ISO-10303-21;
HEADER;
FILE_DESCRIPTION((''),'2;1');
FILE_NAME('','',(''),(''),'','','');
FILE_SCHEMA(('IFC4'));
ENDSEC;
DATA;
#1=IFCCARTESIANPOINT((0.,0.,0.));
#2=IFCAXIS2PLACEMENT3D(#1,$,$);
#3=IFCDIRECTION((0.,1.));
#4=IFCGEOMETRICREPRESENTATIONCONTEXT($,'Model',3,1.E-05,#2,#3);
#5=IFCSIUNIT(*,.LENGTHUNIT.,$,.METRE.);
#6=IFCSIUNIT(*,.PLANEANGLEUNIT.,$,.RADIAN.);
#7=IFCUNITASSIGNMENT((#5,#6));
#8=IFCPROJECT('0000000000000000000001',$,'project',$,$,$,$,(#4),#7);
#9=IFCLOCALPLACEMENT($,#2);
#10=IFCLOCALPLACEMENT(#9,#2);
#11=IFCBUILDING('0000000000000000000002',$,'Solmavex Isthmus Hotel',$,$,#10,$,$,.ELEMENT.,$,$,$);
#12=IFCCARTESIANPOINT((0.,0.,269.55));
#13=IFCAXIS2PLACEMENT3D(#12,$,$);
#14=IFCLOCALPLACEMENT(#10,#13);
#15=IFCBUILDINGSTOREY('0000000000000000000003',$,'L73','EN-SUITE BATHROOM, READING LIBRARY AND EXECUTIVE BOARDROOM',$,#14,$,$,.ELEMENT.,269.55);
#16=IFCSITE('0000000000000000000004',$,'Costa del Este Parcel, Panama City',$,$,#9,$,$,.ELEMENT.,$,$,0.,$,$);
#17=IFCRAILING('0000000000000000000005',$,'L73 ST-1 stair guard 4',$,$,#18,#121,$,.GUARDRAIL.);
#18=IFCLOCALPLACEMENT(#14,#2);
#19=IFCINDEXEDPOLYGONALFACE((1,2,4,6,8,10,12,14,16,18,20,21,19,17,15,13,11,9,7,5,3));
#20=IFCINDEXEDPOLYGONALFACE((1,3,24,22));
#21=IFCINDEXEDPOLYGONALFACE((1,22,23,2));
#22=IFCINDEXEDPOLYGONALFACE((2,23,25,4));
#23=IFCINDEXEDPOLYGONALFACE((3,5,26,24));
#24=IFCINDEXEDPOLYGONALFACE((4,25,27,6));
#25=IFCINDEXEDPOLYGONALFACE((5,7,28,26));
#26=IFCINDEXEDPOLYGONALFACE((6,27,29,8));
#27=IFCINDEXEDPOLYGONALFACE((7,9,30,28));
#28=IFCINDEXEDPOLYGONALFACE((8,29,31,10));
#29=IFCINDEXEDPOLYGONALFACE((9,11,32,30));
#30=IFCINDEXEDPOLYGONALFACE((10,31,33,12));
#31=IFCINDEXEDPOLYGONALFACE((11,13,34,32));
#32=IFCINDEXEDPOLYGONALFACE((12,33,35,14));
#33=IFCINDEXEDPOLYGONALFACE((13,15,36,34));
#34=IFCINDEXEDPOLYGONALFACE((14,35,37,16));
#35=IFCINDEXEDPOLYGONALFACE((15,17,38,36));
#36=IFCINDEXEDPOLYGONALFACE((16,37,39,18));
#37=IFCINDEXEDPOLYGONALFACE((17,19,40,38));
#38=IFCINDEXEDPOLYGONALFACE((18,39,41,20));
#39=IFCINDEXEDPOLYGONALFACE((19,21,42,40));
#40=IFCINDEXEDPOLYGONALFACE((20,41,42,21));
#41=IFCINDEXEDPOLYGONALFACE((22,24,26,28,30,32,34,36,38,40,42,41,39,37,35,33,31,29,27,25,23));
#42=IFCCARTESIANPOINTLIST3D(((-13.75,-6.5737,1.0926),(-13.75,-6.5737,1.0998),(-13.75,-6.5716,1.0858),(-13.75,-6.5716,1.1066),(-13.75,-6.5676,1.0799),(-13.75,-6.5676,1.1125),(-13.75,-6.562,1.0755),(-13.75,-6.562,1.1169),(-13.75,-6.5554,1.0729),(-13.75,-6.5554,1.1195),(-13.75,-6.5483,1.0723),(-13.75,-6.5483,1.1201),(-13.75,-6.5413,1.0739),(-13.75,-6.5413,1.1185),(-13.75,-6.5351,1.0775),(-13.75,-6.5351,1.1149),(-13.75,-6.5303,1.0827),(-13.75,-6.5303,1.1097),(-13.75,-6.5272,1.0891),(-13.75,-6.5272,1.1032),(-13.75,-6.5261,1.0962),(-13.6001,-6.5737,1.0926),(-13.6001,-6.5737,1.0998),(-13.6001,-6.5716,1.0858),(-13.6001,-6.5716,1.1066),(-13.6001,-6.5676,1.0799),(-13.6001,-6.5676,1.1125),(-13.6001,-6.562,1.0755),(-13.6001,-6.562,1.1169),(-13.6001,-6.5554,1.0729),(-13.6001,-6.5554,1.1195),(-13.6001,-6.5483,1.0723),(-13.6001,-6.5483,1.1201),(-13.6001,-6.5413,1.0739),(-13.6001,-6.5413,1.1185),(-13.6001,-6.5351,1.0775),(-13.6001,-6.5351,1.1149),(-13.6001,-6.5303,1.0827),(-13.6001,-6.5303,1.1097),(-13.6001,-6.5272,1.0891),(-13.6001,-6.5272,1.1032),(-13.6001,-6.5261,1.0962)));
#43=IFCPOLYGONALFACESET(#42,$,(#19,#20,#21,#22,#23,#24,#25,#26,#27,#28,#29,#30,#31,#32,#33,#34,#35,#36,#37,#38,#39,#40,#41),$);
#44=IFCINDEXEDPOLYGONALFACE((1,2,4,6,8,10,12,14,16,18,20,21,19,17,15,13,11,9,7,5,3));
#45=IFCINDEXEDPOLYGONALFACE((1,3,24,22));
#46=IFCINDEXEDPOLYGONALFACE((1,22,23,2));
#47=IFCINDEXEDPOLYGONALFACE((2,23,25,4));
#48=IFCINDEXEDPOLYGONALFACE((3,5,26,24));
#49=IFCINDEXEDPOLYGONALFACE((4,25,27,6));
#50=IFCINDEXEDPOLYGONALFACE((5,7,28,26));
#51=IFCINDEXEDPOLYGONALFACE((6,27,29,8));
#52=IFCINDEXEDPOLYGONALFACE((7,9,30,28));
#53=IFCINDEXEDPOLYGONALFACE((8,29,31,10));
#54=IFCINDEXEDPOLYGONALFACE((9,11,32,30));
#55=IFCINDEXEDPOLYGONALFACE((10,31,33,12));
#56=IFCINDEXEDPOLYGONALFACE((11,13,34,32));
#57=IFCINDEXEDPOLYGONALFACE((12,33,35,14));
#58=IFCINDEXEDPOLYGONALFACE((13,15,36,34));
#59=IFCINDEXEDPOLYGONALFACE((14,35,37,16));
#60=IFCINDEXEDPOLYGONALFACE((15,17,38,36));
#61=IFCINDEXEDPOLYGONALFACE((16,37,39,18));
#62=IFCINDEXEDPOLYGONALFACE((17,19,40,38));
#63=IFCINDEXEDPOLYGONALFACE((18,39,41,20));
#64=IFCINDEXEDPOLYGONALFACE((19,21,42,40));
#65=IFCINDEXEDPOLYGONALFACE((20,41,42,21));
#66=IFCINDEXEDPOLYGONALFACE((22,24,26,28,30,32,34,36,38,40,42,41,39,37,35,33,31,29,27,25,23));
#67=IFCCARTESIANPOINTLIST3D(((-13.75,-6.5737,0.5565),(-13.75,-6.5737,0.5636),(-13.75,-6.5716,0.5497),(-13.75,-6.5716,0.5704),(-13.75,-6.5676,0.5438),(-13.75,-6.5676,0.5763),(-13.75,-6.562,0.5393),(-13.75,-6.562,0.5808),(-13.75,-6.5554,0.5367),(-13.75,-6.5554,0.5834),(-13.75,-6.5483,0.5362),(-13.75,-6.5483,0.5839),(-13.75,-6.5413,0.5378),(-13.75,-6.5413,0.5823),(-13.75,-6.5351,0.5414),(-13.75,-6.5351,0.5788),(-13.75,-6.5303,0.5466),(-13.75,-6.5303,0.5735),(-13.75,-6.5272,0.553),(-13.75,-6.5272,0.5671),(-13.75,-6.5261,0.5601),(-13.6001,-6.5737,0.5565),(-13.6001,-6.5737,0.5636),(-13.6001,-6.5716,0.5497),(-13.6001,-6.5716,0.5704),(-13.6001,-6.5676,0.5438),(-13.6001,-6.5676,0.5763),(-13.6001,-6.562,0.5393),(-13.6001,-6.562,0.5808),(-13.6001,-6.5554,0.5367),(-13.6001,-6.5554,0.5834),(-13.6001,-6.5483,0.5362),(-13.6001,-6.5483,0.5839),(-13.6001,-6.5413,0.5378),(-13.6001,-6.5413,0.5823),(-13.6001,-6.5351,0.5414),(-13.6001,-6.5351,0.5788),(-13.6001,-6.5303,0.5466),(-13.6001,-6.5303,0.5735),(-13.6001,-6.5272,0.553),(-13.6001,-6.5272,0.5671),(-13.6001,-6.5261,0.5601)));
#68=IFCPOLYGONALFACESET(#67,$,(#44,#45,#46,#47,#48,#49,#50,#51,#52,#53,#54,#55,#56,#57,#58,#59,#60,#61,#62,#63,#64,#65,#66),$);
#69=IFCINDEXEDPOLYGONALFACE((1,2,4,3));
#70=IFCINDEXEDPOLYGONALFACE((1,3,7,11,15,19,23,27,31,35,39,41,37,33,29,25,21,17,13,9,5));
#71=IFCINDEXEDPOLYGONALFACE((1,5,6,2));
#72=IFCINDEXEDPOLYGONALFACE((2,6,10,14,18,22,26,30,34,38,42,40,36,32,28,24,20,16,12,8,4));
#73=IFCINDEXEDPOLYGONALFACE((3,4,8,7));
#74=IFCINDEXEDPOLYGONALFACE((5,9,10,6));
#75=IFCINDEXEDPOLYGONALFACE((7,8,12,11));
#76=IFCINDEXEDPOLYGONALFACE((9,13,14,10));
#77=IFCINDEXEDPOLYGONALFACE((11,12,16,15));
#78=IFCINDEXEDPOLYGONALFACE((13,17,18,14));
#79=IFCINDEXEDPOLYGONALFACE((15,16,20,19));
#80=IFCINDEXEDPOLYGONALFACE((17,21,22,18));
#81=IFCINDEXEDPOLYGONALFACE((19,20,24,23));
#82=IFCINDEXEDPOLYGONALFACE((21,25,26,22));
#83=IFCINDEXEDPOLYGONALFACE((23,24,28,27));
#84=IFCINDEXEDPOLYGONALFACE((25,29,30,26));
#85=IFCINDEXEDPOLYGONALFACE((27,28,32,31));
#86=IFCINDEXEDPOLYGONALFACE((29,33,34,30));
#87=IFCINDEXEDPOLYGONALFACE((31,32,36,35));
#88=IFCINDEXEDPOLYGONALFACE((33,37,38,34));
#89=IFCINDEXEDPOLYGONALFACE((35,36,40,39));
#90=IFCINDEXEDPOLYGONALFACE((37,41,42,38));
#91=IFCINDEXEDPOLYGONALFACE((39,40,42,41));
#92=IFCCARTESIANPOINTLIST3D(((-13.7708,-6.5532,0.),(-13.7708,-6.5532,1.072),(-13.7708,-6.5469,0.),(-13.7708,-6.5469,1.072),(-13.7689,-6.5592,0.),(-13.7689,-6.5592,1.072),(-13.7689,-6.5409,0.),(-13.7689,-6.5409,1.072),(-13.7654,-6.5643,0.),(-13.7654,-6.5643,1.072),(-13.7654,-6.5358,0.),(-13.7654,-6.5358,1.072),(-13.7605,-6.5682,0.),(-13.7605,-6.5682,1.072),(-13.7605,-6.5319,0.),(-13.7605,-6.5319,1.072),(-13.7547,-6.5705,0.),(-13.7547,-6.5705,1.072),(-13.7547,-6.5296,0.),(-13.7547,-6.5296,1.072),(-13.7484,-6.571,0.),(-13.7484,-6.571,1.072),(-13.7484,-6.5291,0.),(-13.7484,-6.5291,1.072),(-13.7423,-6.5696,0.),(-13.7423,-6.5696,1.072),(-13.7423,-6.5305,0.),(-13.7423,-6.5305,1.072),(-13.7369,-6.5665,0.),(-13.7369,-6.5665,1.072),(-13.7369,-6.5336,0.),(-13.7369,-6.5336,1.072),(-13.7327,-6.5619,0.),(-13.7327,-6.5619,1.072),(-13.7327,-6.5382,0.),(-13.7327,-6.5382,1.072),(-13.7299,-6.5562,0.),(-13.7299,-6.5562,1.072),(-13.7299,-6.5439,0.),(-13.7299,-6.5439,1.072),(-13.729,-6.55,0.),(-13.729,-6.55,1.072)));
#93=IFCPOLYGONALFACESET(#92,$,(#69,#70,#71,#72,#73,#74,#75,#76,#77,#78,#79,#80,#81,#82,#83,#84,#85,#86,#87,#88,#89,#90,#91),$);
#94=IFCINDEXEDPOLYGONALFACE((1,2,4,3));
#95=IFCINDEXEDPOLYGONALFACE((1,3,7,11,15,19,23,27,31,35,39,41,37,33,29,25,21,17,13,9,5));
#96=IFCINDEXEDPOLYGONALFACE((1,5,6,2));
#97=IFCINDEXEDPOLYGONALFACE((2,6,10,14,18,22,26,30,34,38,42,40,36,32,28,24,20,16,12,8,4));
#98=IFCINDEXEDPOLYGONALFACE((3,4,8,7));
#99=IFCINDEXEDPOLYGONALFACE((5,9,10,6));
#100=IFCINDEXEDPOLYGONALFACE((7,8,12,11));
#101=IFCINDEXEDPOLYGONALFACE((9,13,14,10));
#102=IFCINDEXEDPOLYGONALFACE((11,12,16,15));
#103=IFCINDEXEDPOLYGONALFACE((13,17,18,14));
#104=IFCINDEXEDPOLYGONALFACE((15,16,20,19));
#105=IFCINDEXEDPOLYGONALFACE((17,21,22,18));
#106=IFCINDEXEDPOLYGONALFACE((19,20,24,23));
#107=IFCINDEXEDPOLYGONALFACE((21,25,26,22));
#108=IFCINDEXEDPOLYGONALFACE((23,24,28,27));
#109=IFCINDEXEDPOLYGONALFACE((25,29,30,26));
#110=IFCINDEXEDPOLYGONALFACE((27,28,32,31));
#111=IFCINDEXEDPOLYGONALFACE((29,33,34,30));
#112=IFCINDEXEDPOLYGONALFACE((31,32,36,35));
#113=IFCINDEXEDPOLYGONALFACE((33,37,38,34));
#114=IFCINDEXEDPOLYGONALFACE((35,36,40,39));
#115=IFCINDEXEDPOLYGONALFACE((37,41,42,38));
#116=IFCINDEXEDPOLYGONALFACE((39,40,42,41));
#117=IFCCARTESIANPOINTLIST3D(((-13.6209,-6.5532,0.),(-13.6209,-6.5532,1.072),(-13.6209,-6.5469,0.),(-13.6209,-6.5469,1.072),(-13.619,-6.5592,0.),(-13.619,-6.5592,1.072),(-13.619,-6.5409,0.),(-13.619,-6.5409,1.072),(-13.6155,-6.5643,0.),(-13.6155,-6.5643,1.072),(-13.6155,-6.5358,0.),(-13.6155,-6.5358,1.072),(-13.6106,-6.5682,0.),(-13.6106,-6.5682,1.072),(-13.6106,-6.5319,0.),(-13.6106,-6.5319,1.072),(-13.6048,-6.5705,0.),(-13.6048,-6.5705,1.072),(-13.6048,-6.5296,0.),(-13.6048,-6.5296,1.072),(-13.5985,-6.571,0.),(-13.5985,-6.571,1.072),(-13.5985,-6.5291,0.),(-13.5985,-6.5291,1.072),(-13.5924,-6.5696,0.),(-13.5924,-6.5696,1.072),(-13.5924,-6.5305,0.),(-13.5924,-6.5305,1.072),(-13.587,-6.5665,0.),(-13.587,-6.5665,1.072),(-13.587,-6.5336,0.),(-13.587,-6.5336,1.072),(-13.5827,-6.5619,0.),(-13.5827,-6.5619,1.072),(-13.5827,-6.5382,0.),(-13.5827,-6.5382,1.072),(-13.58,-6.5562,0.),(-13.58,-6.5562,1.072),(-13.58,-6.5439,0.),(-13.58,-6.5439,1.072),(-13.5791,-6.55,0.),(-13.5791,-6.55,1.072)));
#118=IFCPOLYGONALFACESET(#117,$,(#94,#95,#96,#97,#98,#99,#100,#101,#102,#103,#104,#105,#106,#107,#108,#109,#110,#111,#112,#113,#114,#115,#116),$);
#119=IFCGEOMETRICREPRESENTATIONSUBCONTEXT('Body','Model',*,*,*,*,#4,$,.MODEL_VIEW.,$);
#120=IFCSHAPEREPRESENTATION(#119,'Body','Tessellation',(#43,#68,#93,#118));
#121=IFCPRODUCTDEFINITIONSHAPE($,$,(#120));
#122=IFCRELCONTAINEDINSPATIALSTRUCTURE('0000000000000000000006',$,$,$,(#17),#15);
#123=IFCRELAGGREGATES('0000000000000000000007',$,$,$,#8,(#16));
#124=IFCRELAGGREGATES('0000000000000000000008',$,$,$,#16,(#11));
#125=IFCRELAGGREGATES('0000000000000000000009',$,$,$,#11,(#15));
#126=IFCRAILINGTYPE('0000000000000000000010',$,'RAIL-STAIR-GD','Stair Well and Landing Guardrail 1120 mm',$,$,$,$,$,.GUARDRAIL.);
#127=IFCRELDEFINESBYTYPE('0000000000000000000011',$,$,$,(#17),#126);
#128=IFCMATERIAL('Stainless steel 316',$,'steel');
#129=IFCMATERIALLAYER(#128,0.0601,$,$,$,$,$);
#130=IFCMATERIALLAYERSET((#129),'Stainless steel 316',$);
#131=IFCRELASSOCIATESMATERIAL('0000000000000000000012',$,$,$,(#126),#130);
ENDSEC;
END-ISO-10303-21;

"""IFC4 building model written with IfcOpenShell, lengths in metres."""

from ifc_helpers import new_model, si_unit, direction, frame, origin, origin_2d, place, context, subcontext, project, spatial, circle, extrude, material, layer, layer_set, type_object, element, save


model = new_model("IFC4")

# Units and contexts
model_context = context("Model", 3, precision=1e-05, world=origin(), true_north=direction((0.0, 1.0)))
body_context = subcontext(model_context, "Body", "Model", "MODEL_VIEW")
ifc_project = project(units=[si_unit("LENGTHUNIT", "METRE"), si_unit("PLANEANGLEUNIT", "RADIAN")], contexts=[model_context])

# Site, building, storey
site_placement = place(None, origin())
site = spatial("IfcSite", under=ifc_project, at=site_placement, Name="Costa del Este Parcel, Panama City", CompositionType="ELEMENT", RefElevation=0.0)
building_placement = place(site_placement, origin())
building = spatial("IfcBuilding", under=site, at=building_placement, Name="Solmavex Isthmus Hotel", CompositionType="ELEMENT")
storey_placement = place(building_placement, frame((0.0, 0.0, 269.55)))
storey = spatial("IfcBuildingStorey", under=building, at=storey_placement, Name="L73", Description="EN-SUITE BATHROOM, READING LIBRARY AND EXECUTIVE BOARDROOM", CompositionType="ELEMENT", Elevation=269.55)

# Shared definitions
ifc_material_1 = material(Name="Stainless steel 316", Category="steel")

# Railing
ifc_layer_1 = layer(ifc_material_1, 0.0601)
ifc_layer_set_1 = layer_set([ifc_layer_1], Name="Stainless steel 316")
railing_type_1 = type_object("IfcRailingType", Name="RAIL-STAIR-GD", Description="Stair Well and Landing Guardrail 1120 mm", PredefinedType="GUARDRAIL", material=ifc_layer_set_1)
railing_1_placement = place(storey_placement, frame((-13.75, -6.55, 0.0)))
element("IfcRailing", 1, at=railing_1_placement, inside=storey, type_object=railing_type_1, Name="L73 ST-1 stair guard 4", PredefinedType="GUARDRAIL", context=body_context, shape_type="SweptSolid", body=[
    extrude(circle(Radius=0.0239, at=origin_2d()), frame((0.0, 0.0, 1.0962), z_axis=(1.0, 0.0, 0.0), x_axis=(0.0, 1.0, 0.0)), (0.0, 0.0, 1.0), 0.1499),
    extrude(circle(Radius=0.0239, at=origin_2d()), frame((0.0, 0.0, 0.5601), z_axis=(1.0, 0.0, 0.0), x_axis=(0.0, 1.0, 0.0)), (0.0, 0.0, 1.0), 0.1499),
    extrude(circle(Radius=0.021, at=origin_2d()), origin(), (0.0, 0.0, 1.0), 1.072),
    extrude(circle(Radius=0.021, at=origin_2d()), frame((0.1499, 0.0, 0.0)), (0.0, 0.0, 1.0), 1.072),
])

save(model, "model.ifc")
